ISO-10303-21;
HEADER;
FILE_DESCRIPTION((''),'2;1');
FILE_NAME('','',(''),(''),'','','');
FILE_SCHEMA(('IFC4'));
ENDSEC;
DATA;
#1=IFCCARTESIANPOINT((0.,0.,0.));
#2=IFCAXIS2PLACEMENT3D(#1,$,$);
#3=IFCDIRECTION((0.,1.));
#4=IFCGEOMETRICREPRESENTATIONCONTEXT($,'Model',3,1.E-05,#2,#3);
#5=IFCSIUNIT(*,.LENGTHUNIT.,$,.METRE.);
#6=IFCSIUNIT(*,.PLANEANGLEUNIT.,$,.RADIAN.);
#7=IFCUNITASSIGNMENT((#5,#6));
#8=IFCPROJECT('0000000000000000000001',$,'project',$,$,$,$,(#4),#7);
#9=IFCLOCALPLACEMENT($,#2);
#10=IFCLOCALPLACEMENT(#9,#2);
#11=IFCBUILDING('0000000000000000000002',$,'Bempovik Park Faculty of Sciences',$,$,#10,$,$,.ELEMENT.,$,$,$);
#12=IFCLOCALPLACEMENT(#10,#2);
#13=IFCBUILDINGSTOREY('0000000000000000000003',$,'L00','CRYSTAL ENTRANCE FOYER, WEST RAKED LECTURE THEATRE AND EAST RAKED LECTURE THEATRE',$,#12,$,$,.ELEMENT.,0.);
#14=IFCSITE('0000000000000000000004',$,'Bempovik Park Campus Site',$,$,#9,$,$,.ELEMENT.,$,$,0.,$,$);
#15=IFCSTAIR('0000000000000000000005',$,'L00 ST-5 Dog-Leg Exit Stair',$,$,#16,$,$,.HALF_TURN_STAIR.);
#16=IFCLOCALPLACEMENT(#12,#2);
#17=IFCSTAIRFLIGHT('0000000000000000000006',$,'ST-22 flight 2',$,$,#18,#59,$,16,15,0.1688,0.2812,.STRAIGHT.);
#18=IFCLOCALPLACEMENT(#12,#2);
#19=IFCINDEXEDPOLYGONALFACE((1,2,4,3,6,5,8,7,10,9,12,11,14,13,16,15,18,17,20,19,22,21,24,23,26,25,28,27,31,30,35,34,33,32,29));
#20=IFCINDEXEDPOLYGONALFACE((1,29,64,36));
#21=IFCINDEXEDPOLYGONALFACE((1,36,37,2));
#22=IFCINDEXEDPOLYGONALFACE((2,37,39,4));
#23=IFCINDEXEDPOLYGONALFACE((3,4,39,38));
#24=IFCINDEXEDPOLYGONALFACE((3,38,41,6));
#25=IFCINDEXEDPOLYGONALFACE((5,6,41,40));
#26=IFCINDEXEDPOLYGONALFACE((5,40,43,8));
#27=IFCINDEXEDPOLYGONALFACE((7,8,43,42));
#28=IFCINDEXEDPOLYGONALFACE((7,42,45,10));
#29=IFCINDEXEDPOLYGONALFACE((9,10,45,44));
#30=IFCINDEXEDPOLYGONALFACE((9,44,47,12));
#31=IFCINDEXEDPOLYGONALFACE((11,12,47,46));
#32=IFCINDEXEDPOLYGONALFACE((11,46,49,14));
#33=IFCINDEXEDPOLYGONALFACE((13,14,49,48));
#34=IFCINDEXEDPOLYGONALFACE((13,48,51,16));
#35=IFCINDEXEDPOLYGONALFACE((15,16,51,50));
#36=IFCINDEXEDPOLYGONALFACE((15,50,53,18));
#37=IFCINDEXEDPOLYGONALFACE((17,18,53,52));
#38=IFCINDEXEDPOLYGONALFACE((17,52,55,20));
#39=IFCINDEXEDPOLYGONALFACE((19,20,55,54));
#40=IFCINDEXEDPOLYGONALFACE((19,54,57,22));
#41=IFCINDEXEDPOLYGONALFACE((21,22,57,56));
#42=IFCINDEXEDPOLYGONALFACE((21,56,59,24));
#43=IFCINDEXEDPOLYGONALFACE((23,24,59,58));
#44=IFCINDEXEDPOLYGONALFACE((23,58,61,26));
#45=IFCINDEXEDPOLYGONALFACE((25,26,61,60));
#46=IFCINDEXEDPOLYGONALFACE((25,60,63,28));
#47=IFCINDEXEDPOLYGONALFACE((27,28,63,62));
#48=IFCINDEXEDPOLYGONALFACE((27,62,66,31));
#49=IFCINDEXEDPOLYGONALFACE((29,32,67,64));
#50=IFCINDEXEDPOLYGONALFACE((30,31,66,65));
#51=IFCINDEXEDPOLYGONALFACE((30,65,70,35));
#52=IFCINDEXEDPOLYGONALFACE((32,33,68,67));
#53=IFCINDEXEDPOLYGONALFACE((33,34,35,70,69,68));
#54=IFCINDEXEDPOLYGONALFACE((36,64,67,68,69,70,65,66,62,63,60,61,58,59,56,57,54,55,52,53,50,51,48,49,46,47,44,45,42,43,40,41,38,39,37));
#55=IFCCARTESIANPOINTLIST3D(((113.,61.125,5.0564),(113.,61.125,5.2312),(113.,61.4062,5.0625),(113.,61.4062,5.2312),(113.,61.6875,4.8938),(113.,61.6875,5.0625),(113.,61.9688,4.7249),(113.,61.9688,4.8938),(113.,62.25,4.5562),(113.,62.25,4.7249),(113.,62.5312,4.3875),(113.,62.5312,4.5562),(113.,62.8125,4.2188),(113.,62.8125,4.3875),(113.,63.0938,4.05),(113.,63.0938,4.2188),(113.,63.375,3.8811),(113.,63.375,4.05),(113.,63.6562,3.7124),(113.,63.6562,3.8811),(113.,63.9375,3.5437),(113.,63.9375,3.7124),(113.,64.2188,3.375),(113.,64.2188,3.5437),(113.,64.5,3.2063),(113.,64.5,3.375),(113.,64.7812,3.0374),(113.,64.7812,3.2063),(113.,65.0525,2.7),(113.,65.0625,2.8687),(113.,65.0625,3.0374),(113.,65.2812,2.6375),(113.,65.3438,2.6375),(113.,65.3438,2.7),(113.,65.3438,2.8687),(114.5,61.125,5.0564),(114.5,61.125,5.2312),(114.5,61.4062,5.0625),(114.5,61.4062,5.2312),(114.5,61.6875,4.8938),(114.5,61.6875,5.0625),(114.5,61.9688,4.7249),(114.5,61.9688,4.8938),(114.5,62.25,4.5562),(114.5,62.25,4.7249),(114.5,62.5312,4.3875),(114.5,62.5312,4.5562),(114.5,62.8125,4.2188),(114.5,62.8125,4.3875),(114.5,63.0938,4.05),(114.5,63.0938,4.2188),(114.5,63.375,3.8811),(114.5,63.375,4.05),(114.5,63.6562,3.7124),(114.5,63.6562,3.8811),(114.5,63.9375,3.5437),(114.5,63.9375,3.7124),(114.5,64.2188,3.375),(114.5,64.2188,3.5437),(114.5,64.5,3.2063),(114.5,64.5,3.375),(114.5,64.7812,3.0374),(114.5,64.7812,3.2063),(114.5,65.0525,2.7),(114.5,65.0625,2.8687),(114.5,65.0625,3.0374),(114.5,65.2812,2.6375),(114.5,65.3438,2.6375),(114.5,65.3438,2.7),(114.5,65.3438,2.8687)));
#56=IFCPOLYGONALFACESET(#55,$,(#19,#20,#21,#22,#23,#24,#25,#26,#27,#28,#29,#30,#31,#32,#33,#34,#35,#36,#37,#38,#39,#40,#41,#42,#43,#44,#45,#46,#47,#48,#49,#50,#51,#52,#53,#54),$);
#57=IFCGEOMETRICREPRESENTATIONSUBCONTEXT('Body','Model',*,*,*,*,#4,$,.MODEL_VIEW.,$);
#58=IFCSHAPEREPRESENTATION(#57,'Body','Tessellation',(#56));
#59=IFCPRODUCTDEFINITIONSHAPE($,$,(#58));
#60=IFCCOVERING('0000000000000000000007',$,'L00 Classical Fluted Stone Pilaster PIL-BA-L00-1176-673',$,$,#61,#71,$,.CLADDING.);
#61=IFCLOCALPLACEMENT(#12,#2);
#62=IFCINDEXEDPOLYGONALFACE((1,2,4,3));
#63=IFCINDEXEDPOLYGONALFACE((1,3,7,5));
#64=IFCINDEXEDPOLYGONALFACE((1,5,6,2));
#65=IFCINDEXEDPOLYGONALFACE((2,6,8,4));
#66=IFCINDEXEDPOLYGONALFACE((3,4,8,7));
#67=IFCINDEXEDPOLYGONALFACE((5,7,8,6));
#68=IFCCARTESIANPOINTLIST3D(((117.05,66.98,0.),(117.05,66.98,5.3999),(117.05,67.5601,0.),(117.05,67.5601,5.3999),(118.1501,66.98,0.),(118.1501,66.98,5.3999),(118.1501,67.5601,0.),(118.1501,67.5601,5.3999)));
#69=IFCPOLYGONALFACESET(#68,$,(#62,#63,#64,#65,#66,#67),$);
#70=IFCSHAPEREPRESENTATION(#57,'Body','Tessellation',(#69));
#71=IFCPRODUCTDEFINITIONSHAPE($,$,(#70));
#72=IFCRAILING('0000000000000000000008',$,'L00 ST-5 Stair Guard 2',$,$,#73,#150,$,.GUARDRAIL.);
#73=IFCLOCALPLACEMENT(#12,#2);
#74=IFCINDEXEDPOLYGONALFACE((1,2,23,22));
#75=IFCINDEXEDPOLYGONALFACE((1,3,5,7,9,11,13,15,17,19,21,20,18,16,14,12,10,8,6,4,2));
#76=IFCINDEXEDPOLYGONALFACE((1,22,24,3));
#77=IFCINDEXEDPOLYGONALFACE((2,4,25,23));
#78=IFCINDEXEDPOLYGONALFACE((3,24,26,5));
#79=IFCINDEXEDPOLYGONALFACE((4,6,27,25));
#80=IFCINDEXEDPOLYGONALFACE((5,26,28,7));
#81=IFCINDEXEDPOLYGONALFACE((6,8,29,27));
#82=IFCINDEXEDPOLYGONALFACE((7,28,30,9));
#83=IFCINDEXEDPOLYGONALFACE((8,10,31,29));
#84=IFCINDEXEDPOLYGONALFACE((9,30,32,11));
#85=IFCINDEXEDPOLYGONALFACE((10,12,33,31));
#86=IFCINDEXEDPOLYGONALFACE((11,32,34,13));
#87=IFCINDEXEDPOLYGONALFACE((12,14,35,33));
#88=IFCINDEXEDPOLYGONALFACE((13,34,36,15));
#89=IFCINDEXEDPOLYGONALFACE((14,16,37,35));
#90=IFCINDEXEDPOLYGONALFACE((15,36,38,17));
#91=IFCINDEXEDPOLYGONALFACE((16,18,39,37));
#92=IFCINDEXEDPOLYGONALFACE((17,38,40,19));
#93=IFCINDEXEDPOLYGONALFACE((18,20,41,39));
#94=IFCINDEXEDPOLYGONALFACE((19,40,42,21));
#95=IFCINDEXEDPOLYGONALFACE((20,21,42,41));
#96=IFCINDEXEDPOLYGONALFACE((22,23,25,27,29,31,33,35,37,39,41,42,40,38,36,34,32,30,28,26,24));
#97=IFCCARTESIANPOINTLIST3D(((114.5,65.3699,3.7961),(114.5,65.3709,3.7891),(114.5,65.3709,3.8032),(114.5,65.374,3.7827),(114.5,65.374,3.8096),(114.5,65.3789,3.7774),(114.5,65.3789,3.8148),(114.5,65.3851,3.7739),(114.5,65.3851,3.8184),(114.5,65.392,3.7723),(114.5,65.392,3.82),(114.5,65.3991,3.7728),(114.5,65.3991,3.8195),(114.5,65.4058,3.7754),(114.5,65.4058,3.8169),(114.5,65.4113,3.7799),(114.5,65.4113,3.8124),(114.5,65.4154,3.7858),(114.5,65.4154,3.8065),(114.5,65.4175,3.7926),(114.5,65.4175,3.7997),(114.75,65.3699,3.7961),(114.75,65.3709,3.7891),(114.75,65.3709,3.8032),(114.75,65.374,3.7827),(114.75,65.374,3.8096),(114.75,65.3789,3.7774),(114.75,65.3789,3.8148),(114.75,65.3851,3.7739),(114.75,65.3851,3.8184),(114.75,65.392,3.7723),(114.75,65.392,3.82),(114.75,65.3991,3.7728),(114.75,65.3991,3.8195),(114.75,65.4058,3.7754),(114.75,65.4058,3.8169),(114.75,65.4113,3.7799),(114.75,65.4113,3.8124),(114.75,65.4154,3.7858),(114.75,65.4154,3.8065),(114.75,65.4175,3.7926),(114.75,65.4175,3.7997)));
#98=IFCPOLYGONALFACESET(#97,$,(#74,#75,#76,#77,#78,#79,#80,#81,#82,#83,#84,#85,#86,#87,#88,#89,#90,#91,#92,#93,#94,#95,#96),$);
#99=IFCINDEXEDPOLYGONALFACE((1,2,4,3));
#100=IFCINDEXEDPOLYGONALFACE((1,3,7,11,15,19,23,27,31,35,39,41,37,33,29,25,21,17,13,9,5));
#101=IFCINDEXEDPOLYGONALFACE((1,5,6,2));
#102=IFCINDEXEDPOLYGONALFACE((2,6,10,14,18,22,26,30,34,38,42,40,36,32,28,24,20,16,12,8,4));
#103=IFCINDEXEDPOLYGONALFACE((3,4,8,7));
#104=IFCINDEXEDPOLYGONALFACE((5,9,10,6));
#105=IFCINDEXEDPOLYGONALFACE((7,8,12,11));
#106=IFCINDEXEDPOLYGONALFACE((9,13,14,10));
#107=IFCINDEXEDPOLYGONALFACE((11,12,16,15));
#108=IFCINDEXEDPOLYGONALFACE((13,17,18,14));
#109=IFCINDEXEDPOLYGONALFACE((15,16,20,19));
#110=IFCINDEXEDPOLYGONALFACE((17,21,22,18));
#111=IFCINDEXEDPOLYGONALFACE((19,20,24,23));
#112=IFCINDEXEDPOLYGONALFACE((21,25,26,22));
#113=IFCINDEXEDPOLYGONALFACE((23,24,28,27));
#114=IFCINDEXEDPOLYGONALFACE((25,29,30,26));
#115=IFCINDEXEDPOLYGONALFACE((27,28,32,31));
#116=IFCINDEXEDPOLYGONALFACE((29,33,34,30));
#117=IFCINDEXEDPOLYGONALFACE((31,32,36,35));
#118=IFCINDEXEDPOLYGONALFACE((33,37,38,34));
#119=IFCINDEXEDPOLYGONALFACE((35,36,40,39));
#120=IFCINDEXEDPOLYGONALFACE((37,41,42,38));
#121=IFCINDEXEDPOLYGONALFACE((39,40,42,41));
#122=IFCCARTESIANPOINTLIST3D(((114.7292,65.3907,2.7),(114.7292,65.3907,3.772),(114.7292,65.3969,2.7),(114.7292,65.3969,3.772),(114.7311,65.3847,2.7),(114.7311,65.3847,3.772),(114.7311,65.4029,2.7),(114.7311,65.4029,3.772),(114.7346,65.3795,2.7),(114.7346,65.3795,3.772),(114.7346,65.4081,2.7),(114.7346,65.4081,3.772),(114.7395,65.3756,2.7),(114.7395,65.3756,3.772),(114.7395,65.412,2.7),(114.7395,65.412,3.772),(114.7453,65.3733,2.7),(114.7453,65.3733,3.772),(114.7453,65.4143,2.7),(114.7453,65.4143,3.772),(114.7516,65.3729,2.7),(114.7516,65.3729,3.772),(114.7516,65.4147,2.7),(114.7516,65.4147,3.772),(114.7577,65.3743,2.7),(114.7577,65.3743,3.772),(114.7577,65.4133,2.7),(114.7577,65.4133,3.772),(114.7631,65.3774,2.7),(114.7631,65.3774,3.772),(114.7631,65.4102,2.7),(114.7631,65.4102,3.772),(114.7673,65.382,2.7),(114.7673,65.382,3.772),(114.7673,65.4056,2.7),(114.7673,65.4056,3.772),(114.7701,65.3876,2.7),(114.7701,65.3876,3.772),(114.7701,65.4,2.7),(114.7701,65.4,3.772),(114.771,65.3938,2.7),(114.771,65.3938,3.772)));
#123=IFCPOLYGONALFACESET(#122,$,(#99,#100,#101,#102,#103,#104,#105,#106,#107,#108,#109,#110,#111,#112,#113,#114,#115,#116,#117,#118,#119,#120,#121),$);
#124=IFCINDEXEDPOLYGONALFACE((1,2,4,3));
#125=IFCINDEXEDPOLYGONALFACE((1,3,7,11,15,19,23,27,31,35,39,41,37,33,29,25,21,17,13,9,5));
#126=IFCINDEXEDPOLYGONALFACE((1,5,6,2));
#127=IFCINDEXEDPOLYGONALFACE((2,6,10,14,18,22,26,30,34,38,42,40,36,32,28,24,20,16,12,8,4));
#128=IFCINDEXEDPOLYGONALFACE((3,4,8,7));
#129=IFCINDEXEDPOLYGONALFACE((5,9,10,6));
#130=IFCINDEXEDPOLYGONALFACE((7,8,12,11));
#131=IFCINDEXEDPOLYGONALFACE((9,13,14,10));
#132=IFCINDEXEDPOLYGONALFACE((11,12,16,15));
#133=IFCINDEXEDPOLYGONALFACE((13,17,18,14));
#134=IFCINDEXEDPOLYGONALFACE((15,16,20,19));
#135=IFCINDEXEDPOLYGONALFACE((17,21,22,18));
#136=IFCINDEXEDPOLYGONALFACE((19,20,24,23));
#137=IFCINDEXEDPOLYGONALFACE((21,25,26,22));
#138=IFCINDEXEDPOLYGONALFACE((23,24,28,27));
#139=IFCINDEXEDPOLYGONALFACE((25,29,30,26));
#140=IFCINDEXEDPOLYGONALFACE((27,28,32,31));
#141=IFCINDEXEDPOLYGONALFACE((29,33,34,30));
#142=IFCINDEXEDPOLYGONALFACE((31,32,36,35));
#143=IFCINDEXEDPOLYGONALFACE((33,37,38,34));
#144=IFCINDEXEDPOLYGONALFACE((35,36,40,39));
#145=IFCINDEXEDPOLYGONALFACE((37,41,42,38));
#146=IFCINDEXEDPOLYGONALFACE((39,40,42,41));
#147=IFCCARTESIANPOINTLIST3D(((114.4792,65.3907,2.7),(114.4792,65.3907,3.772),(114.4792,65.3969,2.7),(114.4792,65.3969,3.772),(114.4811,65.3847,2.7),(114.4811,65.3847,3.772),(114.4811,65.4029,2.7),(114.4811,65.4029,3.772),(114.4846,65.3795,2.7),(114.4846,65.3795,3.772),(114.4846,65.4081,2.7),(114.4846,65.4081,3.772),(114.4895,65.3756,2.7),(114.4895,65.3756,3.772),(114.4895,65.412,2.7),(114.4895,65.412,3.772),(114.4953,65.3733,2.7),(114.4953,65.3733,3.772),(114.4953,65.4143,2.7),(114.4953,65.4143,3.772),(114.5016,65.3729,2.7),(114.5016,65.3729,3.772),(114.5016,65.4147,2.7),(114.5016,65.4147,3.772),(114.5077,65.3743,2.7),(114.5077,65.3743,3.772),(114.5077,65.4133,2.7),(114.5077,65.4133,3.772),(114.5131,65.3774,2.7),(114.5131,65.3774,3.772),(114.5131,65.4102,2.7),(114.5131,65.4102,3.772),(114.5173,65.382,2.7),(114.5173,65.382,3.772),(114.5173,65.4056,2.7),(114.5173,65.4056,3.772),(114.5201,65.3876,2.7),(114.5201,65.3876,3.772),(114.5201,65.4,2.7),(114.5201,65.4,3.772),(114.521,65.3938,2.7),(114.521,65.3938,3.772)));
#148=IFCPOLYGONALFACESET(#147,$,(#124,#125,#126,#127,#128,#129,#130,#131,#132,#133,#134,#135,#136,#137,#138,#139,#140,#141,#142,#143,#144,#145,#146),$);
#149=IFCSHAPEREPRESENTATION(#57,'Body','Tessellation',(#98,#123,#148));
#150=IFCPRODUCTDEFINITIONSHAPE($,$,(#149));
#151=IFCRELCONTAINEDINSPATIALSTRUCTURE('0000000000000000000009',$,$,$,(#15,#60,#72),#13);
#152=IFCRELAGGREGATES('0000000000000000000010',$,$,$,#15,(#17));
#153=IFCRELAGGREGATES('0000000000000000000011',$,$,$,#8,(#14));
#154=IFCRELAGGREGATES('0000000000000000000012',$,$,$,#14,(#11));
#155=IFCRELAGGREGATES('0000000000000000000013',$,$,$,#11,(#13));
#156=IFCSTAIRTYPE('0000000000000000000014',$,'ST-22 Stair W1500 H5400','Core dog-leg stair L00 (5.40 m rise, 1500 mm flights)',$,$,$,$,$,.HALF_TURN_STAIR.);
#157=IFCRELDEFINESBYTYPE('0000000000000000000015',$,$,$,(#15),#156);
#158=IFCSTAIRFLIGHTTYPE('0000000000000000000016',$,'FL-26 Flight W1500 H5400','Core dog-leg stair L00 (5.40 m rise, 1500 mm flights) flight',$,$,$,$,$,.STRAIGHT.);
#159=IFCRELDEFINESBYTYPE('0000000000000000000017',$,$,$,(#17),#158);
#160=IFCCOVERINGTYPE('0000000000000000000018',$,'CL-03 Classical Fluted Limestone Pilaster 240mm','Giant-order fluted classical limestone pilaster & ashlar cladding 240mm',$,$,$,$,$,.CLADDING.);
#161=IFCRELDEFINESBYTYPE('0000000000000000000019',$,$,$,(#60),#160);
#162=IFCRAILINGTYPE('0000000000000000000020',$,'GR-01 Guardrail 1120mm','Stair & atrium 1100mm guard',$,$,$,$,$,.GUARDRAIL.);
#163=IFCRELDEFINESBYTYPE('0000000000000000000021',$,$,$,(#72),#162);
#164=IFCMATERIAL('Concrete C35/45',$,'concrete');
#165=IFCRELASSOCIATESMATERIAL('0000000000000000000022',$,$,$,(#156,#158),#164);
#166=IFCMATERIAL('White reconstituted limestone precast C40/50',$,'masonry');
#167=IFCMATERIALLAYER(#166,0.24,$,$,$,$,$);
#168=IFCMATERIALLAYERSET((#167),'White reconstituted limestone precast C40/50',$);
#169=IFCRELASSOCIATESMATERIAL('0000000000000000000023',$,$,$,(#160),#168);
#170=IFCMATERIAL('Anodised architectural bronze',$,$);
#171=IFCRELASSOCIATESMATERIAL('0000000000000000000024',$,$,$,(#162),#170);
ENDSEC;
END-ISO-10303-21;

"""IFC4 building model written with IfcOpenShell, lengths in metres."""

from ifc_helpers import new_model, si_unit, direction, frame, origin, origin_2d, place, context, subcontext, project, spatial, polyline, rectangle, circle, outline, extrude, material, layer, layer_set, type_object, element, aggregate, save


model = new_model("IFC4")

# Units and contexts
model_context = context("Model", 3, precision=1e-05, world=origin(), true_north=direction((0.0, 1.0)))
body_context = subcontext(model_context, "Body", "Model", "MODEL_VIEW")
ifc_project = project(units=[si_unit("LENGTHUNIT", "METRE"), si_unit("PLANEANGLEUNIT", "RADIAN")], contexts=[model_context])

# Site, building, storey
site_placement = place(None, origin())
site = spatial("IfcSite", under=ifc_project, at=site_placement, Name="Bempovik Park Campus Site", CompositionType="ELEMENT", RefElevation=0.0)
building_placement = place(site_placement, origin())
building = spatial("IfcBuilding", under=site, at=building_placement, Name="Bempovik Park Faculty of Sciences", CompositionType="ELEMENT")
storey_placement = place(building_placement, origin())
storey = spatial("IfcBuildingStorey", under=building, at=storey_placement, Name="L00", Description="CRYSTAL ENTRANCE FOYER, WEST RAKED LECTURE THEATRE AND EAST RAKED LECTURE THEATRE", CompositionType="ELEMENT", Elevation=0.0)

# Shared definitions
ifc_material_1 = material(Name="Concrete C35/45", Category="concrete")

# Stair, stair flight
stair_type = type_object("IfcStairType", Name="ST-22 Stair W1500 H5400", Description="Core dog-leg stair L00 (5.40 m rise, 1500 mm flights)", PredefinedType="HALF_TURN_STAIR", material=ifc_material_1)
stair_placement = place(storey_placement, origin())
stair = element("IfcStair", 1, at=stair_placement, inside=storey, type_object=stair_type, Name="L00 ST-5 Dog-Leg Exit Stair", PredefinedType="HALF_TURN_STAIR")
stair_flight_type = type_object("IfcStairFlightType", Name="FL-26 Flight W1500 H5400", Description="Core dog-leg stair L00 (5.40 m rise, 1500 mm flights) flight", PredefinedType="STRAIGHT", material=ifc_material_1)
stair_flight_placement = place(storey_placement, frame((113.75, 65.3438, 2.7), z_axis=(0.0, 0.0, 1.0), x_axis=(0.0, -1.0, 0.0)))
stair_flight = element("IfcStairFlight", 2, at=stair_flight_placement, type_object=stair_flight_type, Name="ST-22 flight 2", NumberOfRisers=16, NumberOfTreads=15, PredefinedType="STRAIGHT", RiserHeight=0.1688, TreadLength=0.2812, context=body_context, shape_type="SweptSolid", body=[
    extrude(outline(polyline([(0.0, 0.0), (0.0, 0.1687), (0.2812, 0.1687), (0.2812, 0.3374), (0.5625, 0.3374), (0.5625, 0.5063), (0.8438, 0.5063), (0.8438, 0.675), (1.125, 0.675), (1.125, 0.8438), (1.4062, 0.8438), (1.4062, 1.0125), (1.6875, 1.0125), (1.6875, 1.1812), (1.9688, 1.1812), (1.9688, 1.3501), (2.25, 1.3501), (2.25, 1.5188), (2.5312, 1.5188), (2.5312, 1.6875), (2.8125, 1.6875), (2.8125, 1.8562), (3.0938, 1.8562), (3.0938, 2.0249), (3.375, 2.0249), (3.375, 2.1938), (3.6562, 2.1938), (3.6562, 2.3625), (3.9375, 2.3625), (3.9375, 2.5312), (4.2188, 2.5312), (4.2188, 2.7), (4.2188, 2.3564), (0.2913, 0.0), (0.0625, -0.0625), (0.0, -0.0625), (0.0, 0.0)])), frame((0.0, 0.75, 0.0), z_axis=(0.0, -1.0, 0.0), x_axis=(1.0, 0.0, 0.0)), (0.0, 0.0, 1.0), 1.5),
])
aggregate(stair, [stair_flight])

# Covering
ifc_material_2 = material(Name="White reconstituted limestone precast C40/50", Category="masonry")
ifc_layer_1 = layer(ifc_material_2, 0.24)
ifc_layer_set_1 = layer_set([ifc_layer_1], Name="White reconstituted limestone precast C40/50")
covering_type = type_object("IfcCoveringType", Name="CL-03 Classical Fluted Limestone Pilaster 240mm", Description="Giant-order fluted classical limestone pilaster & ashlar cladding 240mm", PredefinedType="CLADDING", material=ifc_layer_set_1)
covering_placement = place(storey_placement, frame((117.6001, 67.27, 0.0), z_axis=(0.0, 0.0, 1.0), x_axis=(1.0, 0.0, 0.0)))
element("IfcCovering", 3, at=covering_placement, inside=storey, type_object=covering_type, Name="L00 Classical Fluted Stone Pilaster PIL-BA-L00-1176-673", PredefinedType="CLADDING", context=body_context, shape_type="SweptSolid", body=[
    extrude(rectangle(XDim=1.1001, YDim=0.5801, at=origin_2d()), origin(), (0.0, 0.0, 1.0), 5.3999),
])

# Railing
ifc_material_3 = material(Name="Anodised architectural bronze")
railing_type_1 = type_object("IfcRailingType", Name="GR-01 Guardrail 1120mm", Description="Stair & atrium 1100mm guard", PredefinedType="GUARDRAIL", material=ifc_material_3)
railing_1_placement = place(storey_placement, frame((114.75, 65.3938, 2.7)))
element("IfcRailing", 4, at=railing_1_placement, inside=storey, type_object=railing_type_1, Name="L00 ST-5 Stair Guard 2", PredefinedType="GUARDRAIL", context=body_context, shape_type="SweptSolid", body=[
    extrude(circle(Radius=0.0239, at=origin_2d()), frame((0.0, 0.0, 1.0962), z_axis=(-1.0, 0.0, 0.0), x_axis=(0.0, -1.0, 0.0)), (0.0, 0.0, 1.0), 0.25),
    extrude(circle(Radius=0.021, at=origin_2d()), origin(), (0.0, 0.0, 1.0), 1.072),
    extrude(circle(Radius=0.021, at=origin_2d()), frame((-0.25, 0.0, 0.0)), (0.0, 0.0, 1.0), 1.072),
])

save(model, "model.ifc")
